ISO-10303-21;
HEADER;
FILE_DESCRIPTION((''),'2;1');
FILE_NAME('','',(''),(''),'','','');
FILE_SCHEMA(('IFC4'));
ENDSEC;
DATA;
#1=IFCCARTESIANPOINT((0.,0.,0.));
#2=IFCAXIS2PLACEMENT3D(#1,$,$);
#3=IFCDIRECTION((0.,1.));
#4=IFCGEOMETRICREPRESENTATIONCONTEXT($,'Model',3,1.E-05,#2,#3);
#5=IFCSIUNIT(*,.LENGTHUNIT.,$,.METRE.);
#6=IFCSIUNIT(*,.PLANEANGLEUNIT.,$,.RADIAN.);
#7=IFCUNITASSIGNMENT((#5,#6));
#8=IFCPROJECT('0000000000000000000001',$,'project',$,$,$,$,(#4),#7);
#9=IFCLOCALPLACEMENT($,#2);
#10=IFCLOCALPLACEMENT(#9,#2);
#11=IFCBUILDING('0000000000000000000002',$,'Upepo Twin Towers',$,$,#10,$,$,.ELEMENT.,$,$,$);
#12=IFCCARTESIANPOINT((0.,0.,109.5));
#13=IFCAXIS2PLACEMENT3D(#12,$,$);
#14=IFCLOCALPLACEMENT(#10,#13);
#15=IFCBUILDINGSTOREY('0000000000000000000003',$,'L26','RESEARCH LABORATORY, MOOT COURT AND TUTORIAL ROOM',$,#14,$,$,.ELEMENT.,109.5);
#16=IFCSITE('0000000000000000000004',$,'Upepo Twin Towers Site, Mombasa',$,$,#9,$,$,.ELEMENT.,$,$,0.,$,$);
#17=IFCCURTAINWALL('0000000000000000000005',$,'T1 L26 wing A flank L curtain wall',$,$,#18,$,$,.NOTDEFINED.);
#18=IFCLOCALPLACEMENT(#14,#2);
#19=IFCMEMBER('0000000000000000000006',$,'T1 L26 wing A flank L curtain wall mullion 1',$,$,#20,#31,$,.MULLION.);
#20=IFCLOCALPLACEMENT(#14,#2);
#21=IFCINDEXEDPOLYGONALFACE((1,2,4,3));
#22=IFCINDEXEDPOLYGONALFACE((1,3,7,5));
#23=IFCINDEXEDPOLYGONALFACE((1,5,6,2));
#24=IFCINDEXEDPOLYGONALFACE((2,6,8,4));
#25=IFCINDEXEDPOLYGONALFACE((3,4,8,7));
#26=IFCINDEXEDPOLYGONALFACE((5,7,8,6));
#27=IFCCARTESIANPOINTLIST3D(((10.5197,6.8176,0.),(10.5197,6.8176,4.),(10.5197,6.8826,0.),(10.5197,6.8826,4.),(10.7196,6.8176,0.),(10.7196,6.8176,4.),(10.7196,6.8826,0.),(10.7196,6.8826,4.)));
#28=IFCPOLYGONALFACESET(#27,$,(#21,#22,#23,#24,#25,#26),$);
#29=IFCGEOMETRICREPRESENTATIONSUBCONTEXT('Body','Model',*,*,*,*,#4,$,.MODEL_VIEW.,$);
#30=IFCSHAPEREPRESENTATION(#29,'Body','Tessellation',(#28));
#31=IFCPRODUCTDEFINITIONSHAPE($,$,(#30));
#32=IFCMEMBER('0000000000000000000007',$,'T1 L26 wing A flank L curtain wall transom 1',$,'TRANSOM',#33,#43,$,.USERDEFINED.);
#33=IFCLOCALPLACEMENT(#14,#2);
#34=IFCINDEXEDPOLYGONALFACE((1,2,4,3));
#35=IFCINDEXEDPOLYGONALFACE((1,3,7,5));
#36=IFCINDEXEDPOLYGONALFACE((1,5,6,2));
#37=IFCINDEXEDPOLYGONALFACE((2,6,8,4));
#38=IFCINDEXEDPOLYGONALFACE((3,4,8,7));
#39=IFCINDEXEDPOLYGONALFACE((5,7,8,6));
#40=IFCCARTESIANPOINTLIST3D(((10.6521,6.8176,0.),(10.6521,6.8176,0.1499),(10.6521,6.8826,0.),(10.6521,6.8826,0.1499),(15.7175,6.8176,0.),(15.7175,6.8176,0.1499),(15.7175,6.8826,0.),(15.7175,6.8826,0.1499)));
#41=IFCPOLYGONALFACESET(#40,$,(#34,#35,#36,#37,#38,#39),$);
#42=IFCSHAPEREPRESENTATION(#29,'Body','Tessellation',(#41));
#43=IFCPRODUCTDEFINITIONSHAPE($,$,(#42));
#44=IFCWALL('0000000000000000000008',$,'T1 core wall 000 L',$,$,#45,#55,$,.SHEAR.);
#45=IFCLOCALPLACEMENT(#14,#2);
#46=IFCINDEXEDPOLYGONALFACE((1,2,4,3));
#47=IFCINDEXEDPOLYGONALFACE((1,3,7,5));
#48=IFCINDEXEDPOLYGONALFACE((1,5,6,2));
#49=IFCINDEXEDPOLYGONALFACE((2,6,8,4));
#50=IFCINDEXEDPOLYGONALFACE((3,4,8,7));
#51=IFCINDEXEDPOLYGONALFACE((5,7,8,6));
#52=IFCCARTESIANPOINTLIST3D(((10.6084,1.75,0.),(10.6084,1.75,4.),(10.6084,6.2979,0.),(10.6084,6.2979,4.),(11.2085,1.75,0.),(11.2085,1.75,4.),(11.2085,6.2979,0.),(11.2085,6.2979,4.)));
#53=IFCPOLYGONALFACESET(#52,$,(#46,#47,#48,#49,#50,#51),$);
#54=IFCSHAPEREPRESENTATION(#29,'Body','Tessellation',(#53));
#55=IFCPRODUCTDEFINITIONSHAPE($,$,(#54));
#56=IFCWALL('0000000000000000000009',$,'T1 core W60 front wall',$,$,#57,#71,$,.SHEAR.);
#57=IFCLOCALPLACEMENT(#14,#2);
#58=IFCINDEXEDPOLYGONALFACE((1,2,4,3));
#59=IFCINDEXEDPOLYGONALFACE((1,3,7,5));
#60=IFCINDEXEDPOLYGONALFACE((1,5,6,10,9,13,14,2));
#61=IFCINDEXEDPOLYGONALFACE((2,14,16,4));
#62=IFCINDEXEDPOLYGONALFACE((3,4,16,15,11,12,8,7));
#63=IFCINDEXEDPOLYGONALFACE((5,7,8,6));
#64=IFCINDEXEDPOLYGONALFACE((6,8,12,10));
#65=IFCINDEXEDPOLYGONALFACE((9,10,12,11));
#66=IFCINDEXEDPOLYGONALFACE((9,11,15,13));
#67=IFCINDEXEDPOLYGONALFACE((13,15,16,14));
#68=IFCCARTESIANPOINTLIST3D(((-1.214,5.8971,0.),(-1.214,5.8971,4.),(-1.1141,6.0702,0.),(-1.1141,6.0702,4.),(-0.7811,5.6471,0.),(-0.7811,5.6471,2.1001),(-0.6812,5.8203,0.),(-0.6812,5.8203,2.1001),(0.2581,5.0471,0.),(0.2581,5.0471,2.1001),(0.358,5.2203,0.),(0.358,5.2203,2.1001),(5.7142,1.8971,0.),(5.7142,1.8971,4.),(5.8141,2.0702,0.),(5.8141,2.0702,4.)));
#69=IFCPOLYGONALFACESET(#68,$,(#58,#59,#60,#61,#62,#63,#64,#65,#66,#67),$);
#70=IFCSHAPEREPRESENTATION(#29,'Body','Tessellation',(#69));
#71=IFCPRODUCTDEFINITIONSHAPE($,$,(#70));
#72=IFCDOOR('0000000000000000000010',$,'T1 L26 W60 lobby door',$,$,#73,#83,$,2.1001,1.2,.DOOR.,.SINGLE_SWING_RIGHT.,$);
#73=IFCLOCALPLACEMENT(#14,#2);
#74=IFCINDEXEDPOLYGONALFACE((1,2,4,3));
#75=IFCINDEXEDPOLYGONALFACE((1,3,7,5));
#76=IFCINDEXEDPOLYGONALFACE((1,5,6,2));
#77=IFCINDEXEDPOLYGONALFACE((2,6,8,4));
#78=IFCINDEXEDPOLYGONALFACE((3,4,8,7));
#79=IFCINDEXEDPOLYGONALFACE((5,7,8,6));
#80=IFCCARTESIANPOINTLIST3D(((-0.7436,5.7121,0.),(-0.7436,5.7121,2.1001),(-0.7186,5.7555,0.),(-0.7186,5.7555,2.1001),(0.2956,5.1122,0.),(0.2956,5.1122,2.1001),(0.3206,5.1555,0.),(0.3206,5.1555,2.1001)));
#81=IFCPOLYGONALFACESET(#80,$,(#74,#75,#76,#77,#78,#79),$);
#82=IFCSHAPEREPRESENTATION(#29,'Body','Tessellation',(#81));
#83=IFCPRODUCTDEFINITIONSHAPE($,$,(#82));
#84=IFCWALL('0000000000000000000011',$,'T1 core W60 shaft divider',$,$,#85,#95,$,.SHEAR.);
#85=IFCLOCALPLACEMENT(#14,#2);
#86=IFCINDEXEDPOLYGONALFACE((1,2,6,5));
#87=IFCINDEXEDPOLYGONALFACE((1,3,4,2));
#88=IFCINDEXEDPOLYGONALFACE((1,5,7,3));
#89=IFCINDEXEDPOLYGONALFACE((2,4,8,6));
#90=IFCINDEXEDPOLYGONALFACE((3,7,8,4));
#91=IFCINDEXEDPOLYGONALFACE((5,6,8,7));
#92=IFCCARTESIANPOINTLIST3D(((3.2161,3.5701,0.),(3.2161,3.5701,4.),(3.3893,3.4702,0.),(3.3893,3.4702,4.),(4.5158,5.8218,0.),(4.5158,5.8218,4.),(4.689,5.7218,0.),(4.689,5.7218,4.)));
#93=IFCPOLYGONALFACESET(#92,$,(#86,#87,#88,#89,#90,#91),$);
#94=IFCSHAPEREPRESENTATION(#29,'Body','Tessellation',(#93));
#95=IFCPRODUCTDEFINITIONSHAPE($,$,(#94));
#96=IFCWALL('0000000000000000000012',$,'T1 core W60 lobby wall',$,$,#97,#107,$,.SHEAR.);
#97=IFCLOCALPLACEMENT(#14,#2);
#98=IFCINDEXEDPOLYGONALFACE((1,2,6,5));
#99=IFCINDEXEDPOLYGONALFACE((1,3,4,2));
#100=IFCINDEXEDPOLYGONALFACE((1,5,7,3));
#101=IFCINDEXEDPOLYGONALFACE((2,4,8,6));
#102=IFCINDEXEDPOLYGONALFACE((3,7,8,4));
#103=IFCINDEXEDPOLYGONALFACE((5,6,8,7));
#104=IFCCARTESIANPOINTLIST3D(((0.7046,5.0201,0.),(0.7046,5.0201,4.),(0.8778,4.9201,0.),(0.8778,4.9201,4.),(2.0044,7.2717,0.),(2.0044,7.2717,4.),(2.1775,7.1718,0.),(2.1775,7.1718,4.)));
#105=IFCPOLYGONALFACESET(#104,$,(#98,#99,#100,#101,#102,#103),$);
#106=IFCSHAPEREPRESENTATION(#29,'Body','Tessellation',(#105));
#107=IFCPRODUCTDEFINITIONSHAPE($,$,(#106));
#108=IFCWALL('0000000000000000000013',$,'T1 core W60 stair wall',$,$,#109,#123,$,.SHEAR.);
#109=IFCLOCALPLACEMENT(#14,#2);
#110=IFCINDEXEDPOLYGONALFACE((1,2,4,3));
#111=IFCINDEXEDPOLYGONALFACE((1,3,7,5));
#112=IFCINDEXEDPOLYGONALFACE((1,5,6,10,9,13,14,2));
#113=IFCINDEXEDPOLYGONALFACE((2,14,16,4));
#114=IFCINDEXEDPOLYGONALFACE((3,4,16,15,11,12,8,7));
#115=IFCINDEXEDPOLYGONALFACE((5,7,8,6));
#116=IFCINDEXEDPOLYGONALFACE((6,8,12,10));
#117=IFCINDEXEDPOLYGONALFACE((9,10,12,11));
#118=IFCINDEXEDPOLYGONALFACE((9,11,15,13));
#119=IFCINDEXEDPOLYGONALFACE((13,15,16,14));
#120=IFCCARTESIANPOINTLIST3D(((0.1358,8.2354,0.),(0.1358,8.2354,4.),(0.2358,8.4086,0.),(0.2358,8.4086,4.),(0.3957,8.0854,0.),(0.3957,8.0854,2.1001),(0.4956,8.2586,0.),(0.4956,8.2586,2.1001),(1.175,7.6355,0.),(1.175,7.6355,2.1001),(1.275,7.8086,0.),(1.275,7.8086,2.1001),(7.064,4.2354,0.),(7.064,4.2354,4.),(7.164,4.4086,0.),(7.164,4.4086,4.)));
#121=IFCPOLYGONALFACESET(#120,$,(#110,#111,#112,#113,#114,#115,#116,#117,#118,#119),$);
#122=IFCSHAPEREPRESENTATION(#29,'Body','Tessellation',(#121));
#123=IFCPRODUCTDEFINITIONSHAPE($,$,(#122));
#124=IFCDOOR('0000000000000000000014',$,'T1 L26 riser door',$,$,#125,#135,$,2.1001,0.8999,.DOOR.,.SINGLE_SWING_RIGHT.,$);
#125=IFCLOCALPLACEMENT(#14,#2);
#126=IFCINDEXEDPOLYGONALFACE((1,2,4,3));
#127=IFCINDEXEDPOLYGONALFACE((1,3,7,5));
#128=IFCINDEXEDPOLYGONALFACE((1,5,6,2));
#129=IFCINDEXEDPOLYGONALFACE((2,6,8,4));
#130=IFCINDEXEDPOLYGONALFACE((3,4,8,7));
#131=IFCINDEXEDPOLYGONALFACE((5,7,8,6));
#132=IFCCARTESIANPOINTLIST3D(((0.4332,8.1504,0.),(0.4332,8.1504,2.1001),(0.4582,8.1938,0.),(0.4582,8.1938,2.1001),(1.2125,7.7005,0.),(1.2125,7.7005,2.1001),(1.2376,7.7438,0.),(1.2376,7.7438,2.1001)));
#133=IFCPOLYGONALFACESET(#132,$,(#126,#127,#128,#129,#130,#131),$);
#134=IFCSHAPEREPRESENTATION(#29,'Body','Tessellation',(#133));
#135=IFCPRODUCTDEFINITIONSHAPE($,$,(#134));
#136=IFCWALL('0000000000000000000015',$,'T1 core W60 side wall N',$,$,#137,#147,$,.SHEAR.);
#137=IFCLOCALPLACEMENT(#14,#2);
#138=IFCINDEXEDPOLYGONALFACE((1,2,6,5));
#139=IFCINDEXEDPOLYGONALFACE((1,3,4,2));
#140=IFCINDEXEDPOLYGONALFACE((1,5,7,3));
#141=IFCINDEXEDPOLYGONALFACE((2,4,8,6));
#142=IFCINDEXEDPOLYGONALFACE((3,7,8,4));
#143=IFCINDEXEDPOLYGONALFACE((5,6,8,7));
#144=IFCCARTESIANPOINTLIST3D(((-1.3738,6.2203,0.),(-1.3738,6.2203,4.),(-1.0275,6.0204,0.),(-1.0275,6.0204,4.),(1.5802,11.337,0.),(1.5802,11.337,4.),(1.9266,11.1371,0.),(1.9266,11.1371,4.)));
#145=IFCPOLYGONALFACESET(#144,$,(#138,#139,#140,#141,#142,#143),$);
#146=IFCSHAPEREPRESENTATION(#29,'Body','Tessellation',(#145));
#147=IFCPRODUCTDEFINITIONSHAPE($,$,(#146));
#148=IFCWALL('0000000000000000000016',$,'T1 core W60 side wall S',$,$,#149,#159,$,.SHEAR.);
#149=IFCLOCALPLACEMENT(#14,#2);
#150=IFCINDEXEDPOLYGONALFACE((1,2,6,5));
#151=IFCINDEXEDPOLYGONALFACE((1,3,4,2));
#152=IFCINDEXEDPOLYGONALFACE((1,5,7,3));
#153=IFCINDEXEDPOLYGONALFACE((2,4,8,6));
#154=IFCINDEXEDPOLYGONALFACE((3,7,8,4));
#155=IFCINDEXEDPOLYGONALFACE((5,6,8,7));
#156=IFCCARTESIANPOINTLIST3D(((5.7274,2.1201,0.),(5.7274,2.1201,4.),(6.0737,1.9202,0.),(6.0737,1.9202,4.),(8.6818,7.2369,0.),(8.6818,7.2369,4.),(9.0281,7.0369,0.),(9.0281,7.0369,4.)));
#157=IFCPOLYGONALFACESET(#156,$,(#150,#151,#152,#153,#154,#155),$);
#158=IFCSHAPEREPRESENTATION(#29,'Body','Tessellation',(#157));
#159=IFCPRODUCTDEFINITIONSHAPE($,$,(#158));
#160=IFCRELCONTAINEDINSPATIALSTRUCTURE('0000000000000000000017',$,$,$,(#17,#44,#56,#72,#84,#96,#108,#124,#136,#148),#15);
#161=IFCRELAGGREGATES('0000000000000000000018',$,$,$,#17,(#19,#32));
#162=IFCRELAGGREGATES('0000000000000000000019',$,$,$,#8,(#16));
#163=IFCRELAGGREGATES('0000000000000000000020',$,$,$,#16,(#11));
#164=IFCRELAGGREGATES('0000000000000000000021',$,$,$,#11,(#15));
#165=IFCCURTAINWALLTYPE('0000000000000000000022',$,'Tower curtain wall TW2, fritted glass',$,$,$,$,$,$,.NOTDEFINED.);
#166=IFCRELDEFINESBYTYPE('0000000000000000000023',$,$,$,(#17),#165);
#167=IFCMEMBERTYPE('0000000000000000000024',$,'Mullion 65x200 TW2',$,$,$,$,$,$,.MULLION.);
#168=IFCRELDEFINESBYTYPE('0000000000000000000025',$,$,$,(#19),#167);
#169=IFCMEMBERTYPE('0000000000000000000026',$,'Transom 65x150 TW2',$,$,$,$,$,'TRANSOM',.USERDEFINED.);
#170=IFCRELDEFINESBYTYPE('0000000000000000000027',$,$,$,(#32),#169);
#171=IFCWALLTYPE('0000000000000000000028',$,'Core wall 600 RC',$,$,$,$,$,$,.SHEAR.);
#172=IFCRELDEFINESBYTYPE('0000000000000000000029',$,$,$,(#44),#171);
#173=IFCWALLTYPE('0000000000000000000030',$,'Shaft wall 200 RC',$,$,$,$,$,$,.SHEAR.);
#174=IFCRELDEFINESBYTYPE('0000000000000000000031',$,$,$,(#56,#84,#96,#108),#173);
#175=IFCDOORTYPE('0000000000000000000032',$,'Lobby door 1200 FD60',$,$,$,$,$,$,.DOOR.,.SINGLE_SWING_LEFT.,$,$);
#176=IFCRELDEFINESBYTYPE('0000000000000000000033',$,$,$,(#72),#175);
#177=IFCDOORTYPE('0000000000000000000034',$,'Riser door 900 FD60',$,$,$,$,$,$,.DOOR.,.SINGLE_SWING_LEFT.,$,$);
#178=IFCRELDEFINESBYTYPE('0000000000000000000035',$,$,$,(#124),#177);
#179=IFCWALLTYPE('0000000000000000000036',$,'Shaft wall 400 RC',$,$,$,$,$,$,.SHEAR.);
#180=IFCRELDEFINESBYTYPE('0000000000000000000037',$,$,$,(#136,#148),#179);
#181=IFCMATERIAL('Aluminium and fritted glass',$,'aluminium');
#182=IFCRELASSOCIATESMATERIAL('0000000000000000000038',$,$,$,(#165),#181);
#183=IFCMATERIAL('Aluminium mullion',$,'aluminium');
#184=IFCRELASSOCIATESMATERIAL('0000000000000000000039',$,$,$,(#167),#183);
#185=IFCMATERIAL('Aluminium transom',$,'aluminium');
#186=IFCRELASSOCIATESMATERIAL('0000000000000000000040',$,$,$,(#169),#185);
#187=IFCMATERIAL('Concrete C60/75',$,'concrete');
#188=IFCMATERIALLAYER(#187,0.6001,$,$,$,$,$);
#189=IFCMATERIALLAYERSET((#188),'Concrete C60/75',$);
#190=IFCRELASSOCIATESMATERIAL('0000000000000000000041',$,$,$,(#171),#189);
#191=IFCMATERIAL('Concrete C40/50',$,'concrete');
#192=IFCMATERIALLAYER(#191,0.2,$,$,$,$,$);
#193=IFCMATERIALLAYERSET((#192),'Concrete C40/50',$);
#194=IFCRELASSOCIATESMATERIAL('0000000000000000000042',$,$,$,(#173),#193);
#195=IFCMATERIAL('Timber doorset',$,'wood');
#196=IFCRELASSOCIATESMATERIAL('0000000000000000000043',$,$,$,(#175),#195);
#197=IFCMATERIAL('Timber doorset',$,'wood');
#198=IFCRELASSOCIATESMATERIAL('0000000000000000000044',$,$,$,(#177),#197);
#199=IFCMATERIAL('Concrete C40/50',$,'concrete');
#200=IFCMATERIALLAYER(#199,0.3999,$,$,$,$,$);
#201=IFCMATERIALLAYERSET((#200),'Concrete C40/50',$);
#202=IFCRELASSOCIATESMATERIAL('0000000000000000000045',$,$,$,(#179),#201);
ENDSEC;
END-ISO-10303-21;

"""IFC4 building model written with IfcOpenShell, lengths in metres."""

from ifc_helpers import new_model, si_unit, direction, frame, frame_2d, origin, origin_2d, place, context, subcontext, project, spatial, rectangle, extrude, material, layer, layer_set, material_profile, profile_set, type_object, element, fill, aggregate, save


model = new_model("IFC4")

# Units and contexts
model_context = context("Model", 3, precision=1e-05, world=origin(), true_north=direction((0.0, 1.0)))
body_context = subcontext(model_context, "Body", "Model", "MODEL_VIEW")
ifc_project = project(units=[si_unit("LENGTHUNIT", "METRE"), si_unit("PLANEANGLEUNIT", "RADIAN")], contexts=[model_context])

# Site, building, storey
site_placement = place(None, origin())
site = spatial("IfcSite", under=ifc_project, at=site_placement, Name="Upepo Twin Towers Site, Mombasa", CompositionType="ELEMENT", RefElevation=0.0)
building_placement = place(site_placement, origin())
building = spatial("IfcBuilding", under=site, at=building_placement, Name="Upepo Twin Towers", CompositionType="ELEMENT")
storey_placement = place(building_placement, frame((0.0, 0.0, 109.5)))
storey = spatial("IfcBuildingStorey", under=building, at=storey_placement, Name="L26", Description="RESEARCH LABORATORY, MOOT COURT AND TUTORIAL ROOM", CompositionType="ELEMENT", Elevation=109.5)

# Curtain wall, members
ifc_material_1 = material(Name="Aluminium and fritted glass", Category="aluminium")
curtain_wall_type = type_object("IfcCurtainWallType", Name="Tower curtain wall TW2, fritted glass", PredefinedType="NOTDEFINED", material=ifc_material_1)
curtain_wall_placement = place(storey_placement, origin())
curtain_wall = element("IfcCurtainWall", 1, at=curtain_wall_placement, inside=storey, type_object=curtain_wall_type, Name="T1 L26 wing A flank L curtain wall", PredefinedType="NOTDEFINED")
ifc_material_2 = material(Name="Aluminium mullion", Category="aluminium")
ifc_material_profile_1 = material_profile(ifc_material_2, rectangle(XDim=0.0649, YDim=0.2, at=origin_2d()), Name="MULLION 65x200")
ifc_profile_set_1 = profile_set([ifc_material_profile_1], Name="Aluminium mullion")
member_type_1 = type_object("IfcMemberType", Name="Mullion 65x200 TW2", PredefinedType="MULLION", material=ifc_profile_set_1)
member_1_placement = place(storey_placement, frame((10.6196, 6.8501, 0.0), z_axis=(0.0, 0.0, 1.0), x_axis=(0.0, 1.0, 0.0)))
member_1 = element("IfcMember", 2, at=member_1_placement, type_object=member_type_1, Name="T1 L26 wing A flank L curtain wall mullion 1", PredefinedType="MULLION", context=body_context, shape_type="SweptSolid", body=[
    extrude(rectangle(XDim=0.0649, YDim=0.2, at=origin_2d()), origin(), (0.0, 0.0, 1.0), 4.0),
])
ifc_material_3 = material(Name="Aluminium transom", Category="aluminium")
ifc_material_profile_2 = material_profile(ifc_material_3, rectangle(XDim=0.0649, YDim=0.1499, at=origin_2d()), Name="TRANSOM 65x150")
ifc_profile_set_2 = profile_set([ifc_material_profile_2], Name="Aluminium transom")
member_type_2 = type_object("IfcMemberType", Name="Transom 65x150 TW2", ElementType="TRANSOM", PredefinedType="USERDEFINED", material=ifc_profile_set_2)
member_2_placement = place(storey_placement, frame((10.6521, 6.8501, 0.075), z_axis=(1.0, 0.0, 0.0), x_axis=(0.0, 1.0, 0.0)))
member_2 = element("IfcMember", 3, at=member_2_placement, type_object=member_type_2, Name="T1 L26 wing A flank L curtain wall transom 1", ObjectType="TRANSOM", PredefinedType="USERDEFINED", context=body_context, shape_type="SweptSolid", body=[
    extrude(rectangle(XDim=0.0649, YDim=0.1499, at=origin_2d()), origin(), (0.0, 0.0, 1.0), 5.0654),
])
aggregate(curtain_wall, [member_1, member_2])

# Wall
ifc_material_4 = material(Name="Concrete C60/75", Category="concrete")
ifc_layer_1 = layer(ifc_material_4, 0.6001)
ifc_layer_set_1 = layer_set([ifc_layer_1], Name="Concrete C60/75")
wall_type_1 = type_object("IfcWallType", Name="Core wall 600 RC", PredefinedType="SHEAR", material=ifc_layer_set_1)
wall_1_placement = place(storey_placement, frame((10.9084, 1.75, 0.0), z_axis=(0.0, 0.0, 1.0), x_axis=(0.0, 1.0, 0.0)))
element("IfcWall", 4, at=wall_1_placement, inside=storey, type_object=wall_type_1, Name="T1 core wall 000 L", PredefinedType="SHEAR", context=body_context, shape_type="SweptSolid", body=[
    extrude(rectangle(XDim=4.5479, YDim=0.6001, at=frame_2d((2.2739, 0.0))), origin(), (0.0, 0.0, 1.0), 4.0),
])

# Wall, opening, door
ifc_material_5 = material(Name="Concrete C40/50", Category="concrete")
ifc_layer_2 = layer(ifc_material_5, 0.2)
ifc_layer_set_2 = layer_set([ifc_layer_2], Name="Concrete C40/50")
wall_type_2 = type_object("IfcWallType", Name="Shaft wall 200 RC", PredefinedType="SHEAR", material=ifc_layer_set_2)
wall_2_placement = place(storey_placement, frame((5.7642, 1.9836, 0.0), z_axis=(0.0, 0.0, 1.0), x_axis=(-0.866026, 0.499999, 0.0)))
wall_2 = element("IfcWall", 5, at=wall_2_placement, inside=storey, type_object=wall_type_2, Name="T1 core W60 front wall", PredefinedType="SHEAR", context=body_context, shape_type="SweptSolid", body=[
    extrude(rectangle(XDim=8.0, YDim=0.2, at=frame_2d((4.0, 0.0))), origin(), (0.0, 0.0, 1.0), 4.0),
])
opening_1_placement = place(wall_2_placement, frame((6.3, 0.0, 0.0)))
opening_1 = element("IfcOpeningElement", 6, at=opening_1_placement, cuts=wall_2, PredefinedType="OPENING", context=body_context, shape_type="SweptSolid", body=[
    extrude(rectangle(XDim=1.2, YDim=2.1001, at=frame_2d((0.6001, 1.05))), frame((0.0, 0.1099, 0.0), z_axis=(0.0, -1.0, 0.0), x_axis=(1.0, 0.0, 0.0)), (0.0, 0.0, 1.0), 0.22),
])
ifc_material_6 = material(Name="Timber doorset", Category="wood")
door_type_1 = type_object("IfcDoorType", Name="Lobby door 1200 FD60", OperationType="SINGLE_SWING_LEFT", PredefinedType="DOOR", material=ifc_material_6)
door_1_placement = place(opening_1_placement, origin())
door_1 = element("IfcDoor", 7, at=door_1_placement, inside=storey, type_object=door_type_1, Name="T1 L26 W60 lobby door", OperationType="SINGLE_SWING_RIGHT", OverallHeight=2.1001, OverallWidth=1.2, PredefinedType="DOOR", context=body_context, shape_type="SweptSolid", body=[
    extrude(rectangle(XDim=1.2, YDim=2.1001, at=frame_2d((0.6001, 1.05))), frame((0.0, 0.0249, 0.0), z_axis=(0.0, -1.0, 0.0), x_axis=(1.0, 0.0, 0.0)), (0.0, 0.0, 1.0), 0.05),
])
fill(opening_1, door_1)

# Walls
for number, where, z_axis, x_axis, name in (
    (8, (3.3027, 3.5203, 0.0), (0.0, 0.0, 1.0), (0.499937, 0.866062, 0.0), "T1 core W60 shaft divider"),
    (9, (0.7913, 4.9702, 0.0), (0.0, 0.0, 1.0), (0.499937, 0.866062, 0.0), "T1 core W60 lobby wall"),
):
    element("IfcWall", number, at=place(storey_placement, frame(where, z_axis=z_axis, x_axis=x_axis)), inside=storey, type_object=wall_type_2, Name=name, PredefinedType="SHEAR", context=body_context, shape_type="SweptSolid", body=[
        extrude(rectangle(XDim=2.5999, YDim=0.2, at=frame_2d((1.2998, 0.0))), origin(), (0.0, 0.0, 1.0), 4.0),
    ])

# Wall, opening, door
wall_3_placement = place(storey_placement, frame((7.114, 4.322, 0.0), z_axis=(0.0, 0.0, 1.0), x_axis=(-0.866026, 0.499999, 0.0)))
wall_3 = element("IfcWall", 10, at=wall_3_placement, inside=storey, type_object=wall_type_2, Name="T1 core W60 stair wall", PredefinedType="SHEAR", context=body_context, shape_type="SweptSolid", body=[
    extrude(rectangle(XDim=8.0, YDim=0.2, at=frame_2d((4.0, 0.0))), origin(), (0.0, 0.0, 1.0), 4.0),
])
opening_2_placement = place(wall_3_placement, frame((6.8, 0.0, 0.0)))
opening_2 = element("IfcOpeningElement", 11, at=opening_2_placement, cuts=wall_3, PredefinedType="OPENING", context=body_context, shape_type="SweptSolid", body=[
    extrude(rectangle(XDim=0.8999, YDim=2.1001, at=frame_2d((0.45, 1.05))), frame((0.0, 0.1099, 0.0), z_axis=(0.0, -1.0, 0.0), x_axis=(1.0, 0.0, 0.0)), (0.0, 0.0, 1.0), 0.22),
])
ifc_material_7 = material(Name="Timber doorset", Category="wood")
door_type_2 = type_object("IfcDoorType", Name="Riser door 900 FD60", OperationType="SINGLE_SWING_LEFT", PredefinedType="DOOR", material=ifc_material_7)
door_2_placement = place(opening_2_placement, origin())
door_2 = element("IfcDoor", 12, at=door_2_placement, inside=storey, type_object=door_type_2, Name="T1 L26 riser door", OperationType="SINGLE_SWING_RIGHT", OverallHeight=2.1001, OverallWidth=0.8999, PredefinedType="DOOR", context=body_context, shape_type="SweptSolid", body=[
    extrude(rectangle(XDim=0.8999, YDim=2.1001, at=frame_2d((0.45, 1.05))), frame((0.0, 0.0249, 0.0), z_axis=(0.0, -1.0, 0.0), x_axis=(1.0, 0.0, 0.0)), (0.0, 0.0, 1.0), 0.05),
])
fill(opening_2, door_2)

# Walls
ifc_material_8 = material(Name="Concrete C40/50", Category="concrete")
ifc_layer_3 = layer(ifc_material_8, 0.3999)
ifc_layer_set_3 = layer_set([ifc_layer_3], Name="Concrete C40/50")
wall_type_3 = type_object("IfcWallType", Name="Shaft wall 400 RC", PredefinedType="SHEAR", material=ifc_layer_set_3)
wall_4_placement = place(storey_placement, frame((-1.2007, 6.1204, 0.0), z_axis=(0.0, 0.0, 1.0), x_axis=(0.499997, 0.866027, 0.0)))
element("IfcWall", 13, at=wall_4_placement, inside=storey, type_object=wall_type_3, Name="T1 core W60 side wall N", PredefinedType="SHEAR", context=body_context, shape_type="SweptSolid", body=[
    extrude(rectangle(XDim=5.9082, YDim=0.3999, at=frame_2d((2.9541, 0.0))), origin(), (0.0, 0.0, 1.0), 4.0),
])
wall_5_placement = place(storey_placement, frame((5.9006, 2.0203, 0.0), z_axis=(0.0, 0.0, 1.0), x_axis=(0.500028, 0.866009, 0.0)))
element("IfcWall", 14, at=wall_5_placement, inside=storey, type_object=wall_type_3, Name="T1 core W60 side wall S", PredefinedType="SHEAR", context=body_context, shape_type="SweptSolid", body=[
    extrude(rectangle(XDim=5.9084, YDim=0.3999, at=frame_2d((2.9541, 0.0))), origin(), (0.0, 0.0, 1.0), 4.0),
])

save(model, "model.ifc")
